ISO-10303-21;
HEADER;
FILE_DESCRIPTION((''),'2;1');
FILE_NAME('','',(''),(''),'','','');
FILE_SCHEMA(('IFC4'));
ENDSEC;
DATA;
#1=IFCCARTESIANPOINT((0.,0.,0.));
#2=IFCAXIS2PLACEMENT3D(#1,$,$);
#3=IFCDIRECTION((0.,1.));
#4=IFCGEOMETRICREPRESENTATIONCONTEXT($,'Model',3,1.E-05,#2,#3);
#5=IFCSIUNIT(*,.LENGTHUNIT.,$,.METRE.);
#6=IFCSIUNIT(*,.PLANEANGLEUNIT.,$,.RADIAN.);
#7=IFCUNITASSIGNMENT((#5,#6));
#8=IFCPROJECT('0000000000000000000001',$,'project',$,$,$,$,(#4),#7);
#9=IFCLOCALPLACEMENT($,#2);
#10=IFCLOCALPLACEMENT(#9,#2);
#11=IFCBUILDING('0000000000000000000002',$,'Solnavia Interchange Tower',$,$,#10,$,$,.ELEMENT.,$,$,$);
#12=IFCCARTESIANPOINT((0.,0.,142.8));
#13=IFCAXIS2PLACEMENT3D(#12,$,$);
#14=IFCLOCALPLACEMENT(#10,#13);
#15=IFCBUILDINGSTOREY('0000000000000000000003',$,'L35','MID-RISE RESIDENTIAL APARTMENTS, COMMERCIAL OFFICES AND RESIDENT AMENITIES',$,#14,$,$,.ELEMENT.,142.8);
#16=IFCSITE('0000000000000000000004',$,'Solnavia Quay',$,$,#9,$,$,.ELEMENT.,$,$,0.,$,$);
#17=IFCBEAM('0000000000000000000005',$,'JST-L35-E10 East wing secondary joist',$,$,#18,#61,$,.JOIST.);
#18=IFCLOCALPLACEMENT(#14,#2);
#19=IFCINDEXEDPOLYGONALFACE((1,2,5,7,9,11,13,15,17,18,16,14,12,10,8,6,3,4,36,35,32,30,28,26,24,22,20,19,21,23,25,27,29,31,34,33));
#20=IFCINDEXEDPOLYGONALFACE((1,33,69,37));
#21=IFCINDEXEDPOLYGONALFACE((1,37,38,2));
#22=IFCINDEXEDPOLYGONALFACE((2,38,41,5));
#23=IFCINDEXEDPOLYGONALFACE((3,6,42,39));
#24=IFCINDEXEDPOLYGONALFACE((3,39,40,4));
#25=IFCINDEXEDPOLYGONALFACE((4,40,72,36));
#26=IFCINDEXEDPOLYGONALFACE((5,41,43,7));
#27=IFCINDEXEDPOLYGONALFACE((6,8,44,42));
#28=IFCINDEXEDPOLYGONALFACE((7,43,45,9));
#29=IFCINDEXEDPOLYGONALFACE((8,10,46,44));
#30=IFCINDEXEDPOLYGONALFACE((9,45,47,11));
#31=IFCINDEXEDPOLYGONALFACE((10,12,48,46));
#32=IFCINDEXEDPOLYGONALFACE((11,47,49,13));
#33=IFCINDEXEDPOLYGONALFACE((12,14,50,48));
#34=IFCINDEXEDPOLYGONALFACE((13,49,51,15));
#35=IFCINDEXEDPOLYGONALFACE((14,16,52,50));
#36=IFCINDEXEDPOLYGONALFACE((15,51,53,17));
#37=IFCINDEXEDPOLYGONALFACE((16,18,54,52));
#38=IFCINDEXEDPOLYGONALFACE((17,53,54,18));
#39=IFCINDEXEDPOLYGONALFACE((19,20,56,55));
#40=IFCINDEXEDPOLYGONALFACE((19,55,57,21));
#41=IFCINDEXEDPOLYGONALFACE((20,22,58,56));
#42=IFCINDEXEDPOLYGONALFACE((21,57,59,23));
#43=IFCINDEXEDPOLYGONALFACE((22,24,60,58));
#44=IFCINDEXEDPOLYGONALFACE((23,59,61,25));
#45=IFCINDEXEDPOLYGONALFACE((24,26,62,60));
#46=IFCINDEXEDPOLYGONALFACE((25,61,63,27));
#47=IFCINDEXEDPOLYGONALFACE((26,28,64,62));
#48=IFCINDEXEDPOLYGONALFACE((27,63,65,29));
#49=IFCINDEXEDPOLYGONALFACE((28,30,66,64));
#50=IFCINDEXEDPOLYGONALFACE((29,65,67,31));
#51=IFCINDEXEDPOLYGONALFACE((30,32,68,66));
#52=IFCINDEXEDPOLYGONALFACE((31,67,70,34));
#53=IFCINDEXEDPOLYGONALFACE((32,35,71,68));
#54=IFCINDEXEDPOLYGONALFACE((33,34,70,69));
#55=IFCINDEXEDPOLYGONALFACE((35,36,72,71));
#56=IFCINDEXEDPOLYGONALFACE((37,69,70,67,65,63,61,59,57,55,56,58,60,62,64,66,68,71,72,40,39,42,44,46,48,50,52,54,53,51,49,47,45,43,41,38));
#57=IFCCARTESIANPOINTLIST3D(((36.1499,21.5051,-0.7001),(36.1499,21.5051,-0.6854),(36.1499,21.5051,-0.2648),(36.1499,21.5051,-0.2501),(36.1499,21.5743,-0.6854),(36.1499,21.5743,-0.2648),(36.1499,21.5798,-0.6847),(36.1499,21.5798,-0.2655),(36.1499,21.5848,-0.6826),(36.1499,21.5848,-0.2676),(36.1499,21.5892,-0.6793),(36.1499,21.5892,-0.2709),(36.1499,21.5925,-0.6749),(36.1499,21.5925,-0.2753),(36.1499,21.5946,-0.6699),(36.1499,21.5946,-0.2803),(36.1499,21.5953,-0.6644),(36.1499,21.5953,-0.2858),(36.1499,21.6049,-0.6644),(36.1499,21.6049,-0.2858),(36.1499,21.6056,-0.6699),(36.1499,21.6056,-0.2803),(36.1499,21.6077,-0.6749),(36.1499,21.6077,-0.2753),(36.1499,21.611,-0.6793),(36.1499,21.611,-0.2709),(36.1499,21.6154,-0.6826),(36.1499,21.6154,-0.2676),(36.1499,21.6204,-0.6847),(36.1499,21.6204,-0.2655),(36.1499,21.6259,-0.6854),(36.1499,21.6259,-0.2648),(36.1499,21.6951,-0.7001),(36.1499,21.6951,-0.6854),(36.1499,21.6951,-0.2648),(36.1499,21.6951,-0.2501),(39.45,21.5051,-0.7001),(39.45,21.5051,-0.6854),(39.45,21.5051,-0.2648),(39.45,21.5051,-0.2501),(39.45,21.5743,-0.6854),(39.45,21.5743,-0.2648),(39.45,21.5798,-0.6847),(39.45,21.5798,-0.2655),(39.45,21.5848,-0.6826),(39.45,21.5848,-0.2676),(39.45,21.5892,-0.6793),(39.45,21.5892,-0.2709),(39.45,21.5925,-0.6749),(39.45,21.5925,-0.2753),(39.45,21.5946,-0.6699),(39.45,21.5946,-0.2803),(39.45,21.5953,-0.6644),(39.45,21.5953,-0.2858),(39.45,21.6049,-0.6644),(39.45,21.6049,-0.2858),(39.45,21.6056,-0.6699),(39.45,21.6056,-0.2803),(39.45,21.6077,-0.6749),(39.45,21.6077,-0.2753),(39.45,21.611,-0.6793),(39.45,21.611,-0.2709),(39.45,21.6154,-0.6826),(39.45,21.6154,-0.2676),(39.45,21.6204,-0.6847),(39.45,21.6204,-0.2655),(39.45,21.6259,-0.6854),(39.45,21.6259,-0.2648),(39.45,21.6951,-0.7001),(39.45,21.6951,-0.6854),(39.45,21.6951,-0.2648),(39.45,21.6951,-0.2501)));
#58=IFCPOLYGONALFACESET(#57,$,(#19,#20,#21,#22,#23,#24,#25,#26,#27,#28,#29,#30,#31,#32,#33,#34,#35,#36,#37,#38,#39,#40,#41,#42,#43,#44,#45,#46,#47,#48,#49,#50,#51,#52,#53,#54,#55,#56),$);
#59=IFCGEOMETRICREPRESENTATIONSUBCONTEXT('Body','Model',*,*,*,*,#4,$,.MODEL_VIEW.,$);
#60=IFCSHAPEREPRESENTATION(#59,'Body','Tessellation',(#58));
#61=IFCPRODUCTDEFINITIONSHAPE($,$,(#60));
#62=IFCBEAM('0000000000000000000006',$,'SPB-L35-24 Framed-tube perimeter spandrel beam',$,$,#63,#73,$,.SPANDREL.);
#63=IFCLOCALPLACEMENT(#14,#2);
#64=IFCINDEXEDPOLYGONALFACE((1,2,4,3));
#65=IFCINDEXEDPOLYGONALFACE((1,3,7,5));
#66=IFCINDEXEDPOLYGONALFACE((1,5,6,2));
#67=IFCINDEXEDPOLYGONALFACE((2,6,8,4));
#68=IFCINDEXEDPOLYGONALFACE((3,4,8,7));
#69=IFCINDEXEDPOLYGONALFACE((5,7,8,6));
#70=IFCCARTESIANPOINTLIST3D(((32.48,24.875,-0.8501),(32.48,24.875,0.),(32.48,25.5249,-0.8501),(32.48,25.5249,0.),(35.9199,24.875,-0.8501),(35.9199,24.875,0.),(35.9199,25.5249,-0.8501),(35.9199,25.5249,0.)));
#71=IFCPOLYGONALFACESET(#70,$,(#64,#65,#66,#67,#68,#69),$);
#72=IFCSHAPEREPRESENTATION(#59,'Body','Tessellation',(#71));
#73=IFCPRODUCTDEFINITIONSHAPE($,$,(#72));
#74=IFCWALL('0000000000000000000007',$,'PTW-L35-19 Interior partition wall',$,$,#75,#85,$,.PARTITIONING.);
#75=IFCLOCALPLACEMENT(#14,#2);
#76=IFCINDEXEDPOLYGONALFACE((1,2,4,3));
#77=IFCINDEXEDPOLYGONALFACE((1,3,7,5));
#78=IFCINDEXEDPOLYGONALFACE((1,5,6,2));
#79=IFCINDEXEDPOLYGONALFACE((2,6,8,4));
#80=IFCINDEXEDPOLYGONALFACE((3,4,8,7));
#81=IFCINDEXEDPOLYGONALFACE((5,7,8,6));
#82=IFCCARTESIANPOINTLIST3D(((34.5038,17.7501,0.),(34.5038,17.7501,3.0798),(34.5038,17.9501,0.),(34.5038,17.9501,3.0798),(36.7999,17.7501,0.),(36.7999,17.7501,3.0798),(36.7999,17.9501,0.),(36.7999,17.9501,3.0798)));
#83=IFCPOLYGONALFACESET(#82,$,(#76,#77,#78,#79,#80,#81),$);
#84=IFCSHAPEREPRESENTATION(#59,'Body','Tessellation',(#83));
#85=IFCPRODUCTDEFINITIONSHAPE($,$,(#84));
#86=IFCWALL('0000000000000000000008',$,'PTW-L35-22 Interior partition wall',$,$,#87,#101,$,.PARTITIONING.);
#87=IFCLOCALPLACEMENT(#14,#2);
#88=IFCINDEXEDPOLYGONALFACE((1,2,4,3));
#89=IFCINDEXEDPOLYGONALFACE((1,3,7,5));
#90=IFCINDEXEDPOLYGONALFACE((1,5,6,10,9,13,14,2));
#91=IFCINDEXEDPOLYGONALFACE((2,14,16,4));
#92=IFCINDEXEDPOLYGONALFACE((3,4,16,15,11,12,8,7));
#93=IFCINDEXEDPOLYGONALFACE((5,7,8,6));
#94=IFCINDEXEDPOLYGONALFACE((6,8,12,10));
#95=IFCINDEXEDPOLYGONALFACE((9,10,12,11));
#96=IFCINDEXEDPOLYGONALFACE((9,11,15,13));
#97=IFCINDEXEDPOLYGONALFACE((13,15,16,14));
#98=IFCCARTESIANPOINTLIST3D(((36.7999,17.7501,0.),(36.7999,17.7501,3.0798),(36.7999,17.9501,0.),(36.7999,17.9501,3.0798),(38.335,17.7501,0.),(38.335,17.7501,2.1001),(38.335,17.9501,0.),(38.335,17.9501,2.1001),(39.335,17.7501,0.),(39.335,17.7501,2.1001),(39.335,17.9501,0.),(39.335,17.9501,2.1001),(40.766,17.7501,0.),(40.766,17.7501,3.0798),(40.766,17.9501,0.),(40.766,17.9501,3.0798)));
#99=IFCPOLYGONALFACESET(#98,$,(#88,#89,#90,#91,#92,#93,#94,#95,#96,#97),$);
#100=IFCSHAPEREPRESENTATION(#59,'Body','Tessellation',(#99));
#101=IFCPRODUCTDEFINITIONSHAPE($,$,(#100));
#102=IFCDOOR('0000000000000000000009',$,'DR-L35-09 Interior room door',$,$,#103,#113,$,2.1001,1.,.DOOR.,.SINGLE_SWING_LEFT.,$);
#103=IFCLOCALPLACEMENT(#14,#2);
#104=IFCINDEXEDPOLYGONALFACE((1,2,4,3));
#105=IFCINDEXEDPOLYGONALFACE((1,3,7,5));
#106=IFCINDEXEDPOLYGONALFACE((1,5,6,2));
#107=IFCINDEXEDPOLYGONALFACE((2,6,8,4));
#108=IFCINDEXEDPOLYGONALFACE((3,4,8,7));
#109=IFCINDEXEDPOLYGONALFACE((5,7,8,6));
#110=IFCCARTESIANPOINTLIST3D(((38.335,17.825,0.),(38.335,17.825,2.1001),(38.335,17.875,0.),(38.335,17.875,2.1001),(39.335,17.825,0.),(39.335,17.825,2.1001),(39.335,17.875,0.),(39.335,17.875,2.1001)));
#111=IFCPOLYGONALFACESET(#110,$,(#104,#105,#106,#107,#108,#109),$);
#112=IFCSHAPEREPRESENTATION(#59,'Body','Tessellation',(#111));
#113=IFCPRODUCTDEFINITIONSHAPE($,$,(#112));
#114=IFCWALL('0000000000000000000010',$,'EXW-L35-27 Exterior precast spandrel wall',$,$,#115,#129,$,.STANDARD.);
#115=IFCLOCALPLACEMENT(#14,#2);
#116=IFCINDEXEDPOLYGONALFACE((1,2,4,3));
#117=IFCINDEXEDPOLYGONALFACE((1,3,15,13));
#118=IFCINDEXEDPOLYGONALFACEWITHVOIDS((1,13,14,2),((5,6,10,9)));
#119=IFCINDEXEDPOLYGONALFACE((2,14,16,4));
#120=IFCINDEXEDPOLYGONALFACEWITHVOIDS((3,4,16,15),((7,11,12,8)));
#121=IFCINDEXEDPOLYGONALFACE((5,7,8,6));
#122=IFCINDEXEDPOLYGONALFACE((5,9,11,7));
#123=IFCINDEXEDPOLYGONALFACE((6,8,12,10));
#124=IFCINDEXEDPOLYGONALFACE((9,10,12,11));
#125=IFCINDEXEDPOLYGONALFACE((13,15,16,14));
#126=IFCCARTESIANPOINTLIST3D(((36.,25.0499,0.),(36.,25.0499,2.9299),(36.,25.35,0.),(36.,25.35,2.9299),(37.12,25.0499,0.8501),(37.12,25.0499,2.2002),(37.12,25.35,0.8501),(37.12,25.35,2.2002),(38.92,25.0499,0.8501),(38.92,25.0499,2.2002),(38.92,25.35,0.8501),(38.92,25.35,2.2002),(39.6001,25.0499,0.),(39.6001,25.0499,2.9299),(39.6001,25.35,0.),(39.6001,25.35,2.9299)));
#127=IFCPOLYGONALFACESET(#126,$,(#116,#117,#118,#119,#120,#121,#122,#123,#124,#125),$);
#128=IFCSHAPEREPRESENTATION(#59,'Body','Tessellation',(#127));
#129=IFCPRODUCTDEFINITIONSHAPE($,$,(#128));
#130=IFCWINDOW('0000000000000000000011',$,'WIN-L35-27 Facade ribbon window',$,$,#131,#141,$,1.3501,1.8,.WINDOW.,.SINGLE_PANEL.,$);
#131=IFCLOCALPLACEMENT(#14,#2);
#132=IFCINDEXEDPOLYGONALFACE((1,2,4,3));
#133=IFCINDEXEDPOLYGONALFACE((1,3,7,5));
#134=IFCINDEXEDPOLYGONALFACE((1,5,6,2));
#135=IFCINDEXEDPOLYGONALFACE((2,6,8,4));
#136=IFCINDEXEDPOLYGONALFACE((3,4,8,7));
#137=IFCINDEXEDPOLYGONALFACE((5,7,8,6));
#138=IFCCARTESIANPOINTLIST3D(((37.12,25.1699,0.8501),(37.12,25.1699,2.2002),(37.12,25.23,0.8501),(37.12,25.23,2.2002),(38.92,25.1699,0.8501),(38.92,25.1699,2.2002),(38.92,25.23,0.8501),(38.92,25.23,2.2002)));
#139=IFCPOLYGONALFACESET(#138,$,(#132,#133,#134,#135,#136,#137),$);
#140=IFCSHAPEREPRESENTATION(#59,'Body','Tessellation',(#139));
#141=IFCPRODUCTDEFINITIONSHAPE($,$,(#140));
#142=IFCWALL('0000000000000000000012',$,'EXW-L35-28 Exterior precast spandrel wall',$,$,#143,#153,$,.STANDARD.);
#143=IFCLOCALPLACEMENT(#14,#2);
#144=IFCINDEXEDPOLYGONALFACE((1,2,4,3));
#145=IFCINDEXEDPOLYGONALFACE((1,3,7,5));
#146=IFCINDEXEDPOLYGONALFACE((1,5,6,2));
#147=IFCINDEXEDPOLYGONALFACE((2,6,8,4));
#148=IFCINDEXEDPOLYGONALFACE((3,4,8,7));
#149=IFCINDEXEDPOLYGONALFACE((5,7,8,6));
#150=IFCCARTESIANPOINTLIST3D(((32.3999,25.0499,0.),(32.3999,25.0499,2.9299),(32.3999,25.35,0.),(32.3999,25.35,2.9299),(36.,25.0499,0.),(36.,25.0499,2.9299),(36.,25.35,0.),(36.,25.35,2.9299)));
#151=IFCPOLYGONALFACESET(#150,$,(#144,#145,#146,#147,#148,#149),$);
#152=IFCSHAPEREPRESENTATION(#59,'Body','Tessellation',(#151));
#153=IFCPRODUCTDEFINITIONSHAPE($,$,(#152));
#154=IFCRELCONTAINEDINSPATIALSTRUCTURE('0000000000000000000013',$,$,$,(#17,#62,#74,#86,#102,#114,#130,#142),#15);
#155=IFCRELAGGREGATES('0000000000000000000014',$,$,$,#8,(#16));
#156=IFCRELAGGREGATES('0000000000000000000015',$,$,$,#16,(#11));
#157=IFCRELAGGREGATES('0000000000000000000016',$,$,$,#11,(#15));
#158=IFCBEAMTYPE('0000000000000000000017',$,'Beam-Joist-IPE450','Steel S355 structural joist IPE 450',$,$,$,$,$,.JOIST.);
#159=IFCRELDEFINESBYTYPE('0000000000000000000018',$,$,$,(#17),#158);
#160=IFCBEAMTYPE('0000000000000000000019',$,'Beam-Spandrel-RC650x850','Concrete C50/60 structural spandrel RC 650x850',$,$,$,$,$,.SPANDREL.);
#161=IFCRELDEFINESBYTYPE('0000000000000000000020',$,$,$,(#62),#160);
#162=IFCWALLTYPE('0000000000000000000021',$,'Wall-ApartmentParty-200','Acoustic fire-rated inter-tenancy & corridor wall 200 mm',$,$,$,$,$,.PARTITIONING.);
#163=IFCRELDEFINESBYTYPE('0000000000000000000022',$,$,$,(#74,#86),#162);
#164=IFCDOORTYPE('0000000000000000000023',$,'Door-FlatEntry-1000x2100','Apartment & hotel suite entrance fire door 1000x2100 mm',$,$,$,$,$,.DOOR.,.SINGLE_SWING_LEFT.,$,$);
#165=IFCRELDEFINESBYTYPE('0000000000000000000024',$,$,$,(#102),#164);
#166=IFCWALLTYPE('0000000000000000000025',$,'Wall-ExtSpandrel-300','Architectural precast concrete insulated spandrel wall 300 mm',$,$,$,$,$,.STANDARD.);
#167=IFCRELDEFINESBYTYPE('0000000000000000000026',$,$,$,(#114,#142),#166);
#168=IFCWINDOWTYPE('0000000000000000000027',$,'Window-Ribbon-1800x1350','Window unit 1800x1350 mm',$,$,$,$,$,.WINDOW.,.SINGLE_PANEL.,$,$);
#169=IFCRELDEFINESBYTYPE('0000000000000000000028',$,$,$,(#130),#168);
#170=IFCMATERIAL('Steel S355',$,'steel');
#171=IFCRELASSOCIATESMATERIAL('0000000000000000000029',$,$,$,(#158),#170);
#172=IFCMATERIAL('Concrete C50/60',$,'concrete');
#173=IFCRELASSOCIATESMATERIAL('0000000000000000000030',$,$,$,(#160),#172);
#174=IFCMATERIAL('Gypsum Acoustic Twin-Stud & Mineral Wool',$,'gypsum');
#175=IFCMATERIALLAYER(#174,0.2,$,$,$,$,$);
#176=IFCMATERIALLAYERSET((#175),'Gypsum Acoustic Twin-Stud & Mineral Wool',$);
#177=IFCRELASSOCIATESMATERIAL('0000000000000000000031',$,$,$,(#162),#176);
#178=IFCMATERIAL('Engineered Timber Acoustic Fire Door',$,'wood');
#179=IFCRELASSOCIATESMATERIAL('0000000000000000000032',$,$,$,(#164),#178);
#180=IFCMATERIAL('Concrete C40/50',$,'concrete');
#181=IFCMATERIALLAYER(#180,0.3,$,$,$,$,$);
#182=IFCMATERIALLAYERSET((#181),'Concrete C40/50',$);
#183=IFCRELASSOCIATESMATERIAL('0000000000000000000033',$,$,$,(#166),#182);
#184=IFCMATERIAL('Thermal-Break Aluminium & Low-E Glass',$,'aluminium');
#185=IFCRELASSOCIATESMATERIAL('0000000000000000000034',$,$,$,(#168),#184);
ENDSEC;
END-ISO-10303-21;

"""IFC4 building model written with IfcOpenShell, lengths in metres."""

from ifc_helpers import new_model, si_unit, direction, frame, frame_2d, origin, origin_2d, place, context, subcontext, project, spatial, rectangle, i_section, extrude, material, layer, layer_set, material_profile, profile_set, type_object, element, fill, save


model = new_model("IFC4")

# Units and contexts
model_context = context("Model", 3, precision=1e-05, world=origin(), true_north=direction((0.0, 1.0)))
body_context = subcontext(model_context, "Body", "Model", "MODEL_VIEW")
ifc_project = project(units=[si_unit("LENGTHUNIT", "METRE"), si_unit("PLANEANGLEUNIT", "RADIAN")], contexts=[model_context])

# Site, building, storey
site_placement = place(None, origin())
site = spatial("IfcSite", under=ifc_project, at=site_placement, Name="Solnavia Quay", CompositionType="ELEMENT", RefElevation=0.0)
building_placement = place(site_placement, origin())
building = spatial("IfcBuilding", under=site, at=building_placement, Name="Solnavia Interchange Tower", CompositionType="ELEMENT")
storey_placement = place(building_placement, frame((0.0, 0.0, 142.8)))
storey = spatial("IfcBuildingStorey", under=building, at=storey_placement, Name="L35", Description="MID-RISE RESIDENTIAL APARTMENTS, COMMERCIAL OFFICES AND RESIDENT AMENITIES", CompositionType="ELEMENT", Elevation=142.8)

# Shared definitions
ifc_material_1 = material(Name="Concrete C50/60", Category="concrete")
ifc_material_2 = material(Name="Steel S355", Category="steel")

# Beams
ifc_material_profile_1 = material_profile(ifc_material_2, i_section(OverallWidth=0.1899, OverallDepth=0.45, WebThickness=0.0095, FlangeThickness=0.0146, FilletRadius=0.021, at=origin_2d()), Name="IPE 450")
ifc_profile_set_1 = profile_set([ifc_material_profile_1], Name="Steel S355")
beam_type_1 = type_object("IfcBeamType", Name="Beam-Joist-IPE450", Description="Steel S355 structural joist IPE 450", PredefinedType="JOIST", material=ifc_profile_set_1)
for number, where, z_axis, x_axis, name in (
    (1, (36.1499, 21.6001, -0.4751), (1.0, 0.0, 0.0), (0.0, 1.0, 0.0), "JST-L35-E10 East wing secondary joist"),
):
    element("IfcBeam", number, at=place(storey_placement, frame(where, z_axis=z_axis, x_axis=x_axis)), inside=storey, type_object=beam_type_1, Name=name, PredefinedType="JOIST", context=body_context, shape_type="SweptSolid", body=[
        extrude(i_section(OverallWidth=0.1899, OverallDepth=0.45, WebThickness=0.0095, FlangeThickness=0.0146, FilletRadius=0.021, at=origin_2d()), origin(), (0.0, 0.0, 1.0), 3.3),
    ])
ifc_material_profile_2 = material_profile(ifc_material_1, rectangle(XDim=0.6499, YDim=0.8501, at=origin_2d()), Name="RC 650x850")
ifc_profile_set_2 = profile_set([ifc_material_profile_2], Name="Concrete C50/60")
beam_type_2 = type_object("IfcBeamType", Name="Beam-Spandrel-RC650x850", Description="Concrete C50/60 structural spandrel RC 650x850", PredefinedType="SPANDREL", material=ifc_profile_set_2)
beam_1_placement = place(storey_placement, frame((35.9199, 25.2, -0.425), z_axis=(-1.0, 0.0, 0.0), x_axis=(0.0, -1.0, 0.0)))
element("IfcBeam", 2, at=beam_1_placement, inside=storey, type_object=beam_type_2, Name="SPB-L35-24 Framed-tube perimeter spandrel beam", PredefinedType="SPANDREL", context=body_context, shape_type="SweptSolid", body=[
    extrude(rectangle(XDim=0.6499, YDim=0.8501, at=origin_2d()), origin(), (0.0, 0.0, 1.0), 3.4399),
])

# Wall
ifc_material_3 = material(Name="Gypsum Acoustic Twin-Stud & Mineral Wool", Category="gypsum")
ifc_layer_1 = layer(ifc_material_3, 0.2)
ifc_layer_set_1 = layer_set([ifc_layer_1], Name="Gypsum Acoustic Twin-Stud & Mineral Wool")
wall_type_1 = type_object("IfcWallType", Name="Wall-ApartmentParty-200", Description="Acoustic fire-rated inter-tenancy & corridor wall 200 mm", PredefinedType="PARTITIONING", material=ifc_layer_set_1)
wall_1_placement = place(storey_placement, frame((34.5039, 17.8501, 0.0), z_axis=(0.0, 0.0, 1.0), x_axis=(1.0, 0.0, 0.0)))
element("IfcWall", 3, at=wall_1_placement, inside=storey, type_object=wall_type_1, Name="PTW-L35-19 Interior partition wall", PredefinedType="PARTITIONING", context=body_context, shape_type="SweptSolid", body=[
    extrude(rectangle(XDim=2.2961, YDim=0.2, at=frame_2d((1.1479, 0.0))), origin(), (0.0, 0.0, 1.0), 3.0798),
])

# Wall, opening, door
wall_2_placement = place(storey_placement, frame((36.8, 17.8501, 0.0), z_axis=(0.0, 0.0, 1.0), x_axis=(1.0, 0.0, 0.0)))
wall_2 = element("IfcWall", 4, at=wall_2_placement, inside=storey, type_object=wall_type_1, Name="PTW-L35-22 Interior partition wall", PredefinedType="PARTITIONING", context=body_context, shape_type="SweptSolid", body=[
    extrude(rectangle(XDim=3.9661, YDim=0.2, at=frame_2d((1.9829, 0.0))), origin(), (0.0, 0.0, 1.0), 3.0798),
])
opening_1_placement = place(wall_2_placement, frame((1.5349, 0.0, 0.0)))
opening_1 = element("IfcOpeningElement", 5, at=opening_1_placement, cuts=wall_2, PredefinedType="OPENING", context=body_context, shape_type="SweptSolid", body=[
    extrude(rectangle(XDim=1.0, YDim=2.1001, at=frame_2d((0.5, 1.05))), frame((0.0, 0.1099, 0.0), z_axis=(0.0, -1.0, 0.0), x_axis=(1.0, 0.0, 0.0)), (0.0, 0.0, 1.0), 0.22),
])
ifc_material_4 = material(Name="Engineered Timber Acoustic Fire Door", Category="wood")
door_type_1 = type_object("IfcDoorType", Name="Door-FlatEntry-1000x2100", Description="Apartment & hotel suite entrance fire door 1000x2100 mm", OperationType="SINGLE_SWING_LEFT", PredefinedType="DOOR", material=ifc_material_4)
door_1_placement = place(opening_1_placement, origin())
door_1 = element("IfcDoor", 6, at=door_1_placement, inside=storey, type_object=door_type_1, Name="DR-L35-09 Interior room door", OperationType="SINGLE_SWING_LEFT", OverallHeight=2.1001, OverallWidth=1.0, PredefinedType="DOOR", context=body_context, shape_type="SweptSolid", body=[
    extrude(rectangle(XDim=1.0, YDim=2.1001, at=frame_2d((0.5, 1.05))), frame((0.0, 0.0249, 0.0), z_axis=(0.0, -1.0, 0.0), x_axis=(1.0, 0.0, 0.0)), (0.0, 0.0, 1.0), 0.05),
])
fill(opening_1, door_1)

# Wall, opening, window
ifc_material_5 = material(Name="Concrete C40/50", Category="concrete")
ifc_layer_2 = layer(ifc_material_5, 0.3)
ifc_layer_set_2 = layer_set([ifc_layer_2], Name="Concrete C40/50")
wall_type_2 = type_object("IfcWallType", Name="Wall-ExtSpandrel-300", Description="Architectural precast concrete insulated spandrel wall 300 mm", PredefinedType="STANDARD", material=ifc_layer_set_2)
wall_3_placement = place(storey_placement, frame((36.0, 25.2, 0.0), z_axis=(0.0, 0.0, 1.0), x_axis=(1.0, 0.0, 0.0)))
wall_3 = element("IfcWall", 7, at=wall_3_placement, inside=storey, type_object=wall_type_2, Name="EXW-L35-27 Exterior precast spandrel wall", PredefinedType="STANDARD", context=body_context, shape_type="SweptSolid", body=[
    extrude(rectangle(XDim=3.6001, YDim=0.3, at=frame_2d((1.8, 0.0))), origin(), (0.0, 0.0, 1.0), 2.9299),
])
opening_2_placement = place(wall_3_placement, frame((1.1201, 0.0, 0.8501)))
opening_2 = element("IfcOpeningElement", 8, at=opening_2_placement, cuts=wall_3, PredefinedType="OPENING", context=body_context, shape_type="SweptSolid", body=[
    extrude(rectangle(XDim=1.8, YDim=1.3501, at=frame_2d((0.8999, 0.675))), frame((0.0, 0.1602, 0.0), z_axis=(0.0, -1.0, 0.0), x_axis=(1.0, 0.0, 0.0)), (0.0, 0.0, 1.0), 0.3201),
])
ifc_material_6 = material(Name="Thermal-Break Aluminium & Low-E Glass", Category="aluminium")
window_type = type_object("IfcWindowType", Name="Window-Ribbon-1800x1350", Description="Window unit 1800x1350 mm", PartitioningType="SINGLE_PANEL", PredefinedType="WINDOW", material=ifc_material_6)
window_1_placement = place(opening_2_placement, origin())
window_1 = element("IfcWindow", 9, at=window_1_placement, inside=storey, type_object=window_type, Name="WIN-L35-27 Facade ribbon window", OverallHeight=1.3501, OverallWidth=1.8, PartitioningType="SINGLE_PANEL", PredefinedType="WINDOW", context=body_context, shape_type="SweptSolid", body=[
    extrude(rectangle(XDim=1.8, YDim=1.3501, at=frame_2d((0.8999, 0.675))), frame((0.0, 0.03, 0.0), z_axis=(0.0, -1.0, 0.0), x_axis=(1.0, 0.0, 0.0)), (0.0, 0.0, 1.0), 0.0601),
])
fill(opening_2, window_1)

# Wall
wall_4_placement = place(storey_placement, frame((32.3999, 25.2, 0.0), z_axis=(0.0, 0.0, 1.0), x_axis=(1.0, 0.0, 0.0)))
element("IfcWall", 10, at=wall_4_placement, inside=storey, type_object=wall_type_2, Name="EXW-L35-28 Exterior precast spandrel wall", PredefinedType="STANDARD", context=body_context, shape_type="SweptSolid", body=[
    extrude(rectangle(XDim=3.6001, YDim=0.3, at=frame_2d((1.8, 0.0))), origin(), (0.0, 0.0, 1.0), 2.9299),
])

save(model, "model.ifc")
